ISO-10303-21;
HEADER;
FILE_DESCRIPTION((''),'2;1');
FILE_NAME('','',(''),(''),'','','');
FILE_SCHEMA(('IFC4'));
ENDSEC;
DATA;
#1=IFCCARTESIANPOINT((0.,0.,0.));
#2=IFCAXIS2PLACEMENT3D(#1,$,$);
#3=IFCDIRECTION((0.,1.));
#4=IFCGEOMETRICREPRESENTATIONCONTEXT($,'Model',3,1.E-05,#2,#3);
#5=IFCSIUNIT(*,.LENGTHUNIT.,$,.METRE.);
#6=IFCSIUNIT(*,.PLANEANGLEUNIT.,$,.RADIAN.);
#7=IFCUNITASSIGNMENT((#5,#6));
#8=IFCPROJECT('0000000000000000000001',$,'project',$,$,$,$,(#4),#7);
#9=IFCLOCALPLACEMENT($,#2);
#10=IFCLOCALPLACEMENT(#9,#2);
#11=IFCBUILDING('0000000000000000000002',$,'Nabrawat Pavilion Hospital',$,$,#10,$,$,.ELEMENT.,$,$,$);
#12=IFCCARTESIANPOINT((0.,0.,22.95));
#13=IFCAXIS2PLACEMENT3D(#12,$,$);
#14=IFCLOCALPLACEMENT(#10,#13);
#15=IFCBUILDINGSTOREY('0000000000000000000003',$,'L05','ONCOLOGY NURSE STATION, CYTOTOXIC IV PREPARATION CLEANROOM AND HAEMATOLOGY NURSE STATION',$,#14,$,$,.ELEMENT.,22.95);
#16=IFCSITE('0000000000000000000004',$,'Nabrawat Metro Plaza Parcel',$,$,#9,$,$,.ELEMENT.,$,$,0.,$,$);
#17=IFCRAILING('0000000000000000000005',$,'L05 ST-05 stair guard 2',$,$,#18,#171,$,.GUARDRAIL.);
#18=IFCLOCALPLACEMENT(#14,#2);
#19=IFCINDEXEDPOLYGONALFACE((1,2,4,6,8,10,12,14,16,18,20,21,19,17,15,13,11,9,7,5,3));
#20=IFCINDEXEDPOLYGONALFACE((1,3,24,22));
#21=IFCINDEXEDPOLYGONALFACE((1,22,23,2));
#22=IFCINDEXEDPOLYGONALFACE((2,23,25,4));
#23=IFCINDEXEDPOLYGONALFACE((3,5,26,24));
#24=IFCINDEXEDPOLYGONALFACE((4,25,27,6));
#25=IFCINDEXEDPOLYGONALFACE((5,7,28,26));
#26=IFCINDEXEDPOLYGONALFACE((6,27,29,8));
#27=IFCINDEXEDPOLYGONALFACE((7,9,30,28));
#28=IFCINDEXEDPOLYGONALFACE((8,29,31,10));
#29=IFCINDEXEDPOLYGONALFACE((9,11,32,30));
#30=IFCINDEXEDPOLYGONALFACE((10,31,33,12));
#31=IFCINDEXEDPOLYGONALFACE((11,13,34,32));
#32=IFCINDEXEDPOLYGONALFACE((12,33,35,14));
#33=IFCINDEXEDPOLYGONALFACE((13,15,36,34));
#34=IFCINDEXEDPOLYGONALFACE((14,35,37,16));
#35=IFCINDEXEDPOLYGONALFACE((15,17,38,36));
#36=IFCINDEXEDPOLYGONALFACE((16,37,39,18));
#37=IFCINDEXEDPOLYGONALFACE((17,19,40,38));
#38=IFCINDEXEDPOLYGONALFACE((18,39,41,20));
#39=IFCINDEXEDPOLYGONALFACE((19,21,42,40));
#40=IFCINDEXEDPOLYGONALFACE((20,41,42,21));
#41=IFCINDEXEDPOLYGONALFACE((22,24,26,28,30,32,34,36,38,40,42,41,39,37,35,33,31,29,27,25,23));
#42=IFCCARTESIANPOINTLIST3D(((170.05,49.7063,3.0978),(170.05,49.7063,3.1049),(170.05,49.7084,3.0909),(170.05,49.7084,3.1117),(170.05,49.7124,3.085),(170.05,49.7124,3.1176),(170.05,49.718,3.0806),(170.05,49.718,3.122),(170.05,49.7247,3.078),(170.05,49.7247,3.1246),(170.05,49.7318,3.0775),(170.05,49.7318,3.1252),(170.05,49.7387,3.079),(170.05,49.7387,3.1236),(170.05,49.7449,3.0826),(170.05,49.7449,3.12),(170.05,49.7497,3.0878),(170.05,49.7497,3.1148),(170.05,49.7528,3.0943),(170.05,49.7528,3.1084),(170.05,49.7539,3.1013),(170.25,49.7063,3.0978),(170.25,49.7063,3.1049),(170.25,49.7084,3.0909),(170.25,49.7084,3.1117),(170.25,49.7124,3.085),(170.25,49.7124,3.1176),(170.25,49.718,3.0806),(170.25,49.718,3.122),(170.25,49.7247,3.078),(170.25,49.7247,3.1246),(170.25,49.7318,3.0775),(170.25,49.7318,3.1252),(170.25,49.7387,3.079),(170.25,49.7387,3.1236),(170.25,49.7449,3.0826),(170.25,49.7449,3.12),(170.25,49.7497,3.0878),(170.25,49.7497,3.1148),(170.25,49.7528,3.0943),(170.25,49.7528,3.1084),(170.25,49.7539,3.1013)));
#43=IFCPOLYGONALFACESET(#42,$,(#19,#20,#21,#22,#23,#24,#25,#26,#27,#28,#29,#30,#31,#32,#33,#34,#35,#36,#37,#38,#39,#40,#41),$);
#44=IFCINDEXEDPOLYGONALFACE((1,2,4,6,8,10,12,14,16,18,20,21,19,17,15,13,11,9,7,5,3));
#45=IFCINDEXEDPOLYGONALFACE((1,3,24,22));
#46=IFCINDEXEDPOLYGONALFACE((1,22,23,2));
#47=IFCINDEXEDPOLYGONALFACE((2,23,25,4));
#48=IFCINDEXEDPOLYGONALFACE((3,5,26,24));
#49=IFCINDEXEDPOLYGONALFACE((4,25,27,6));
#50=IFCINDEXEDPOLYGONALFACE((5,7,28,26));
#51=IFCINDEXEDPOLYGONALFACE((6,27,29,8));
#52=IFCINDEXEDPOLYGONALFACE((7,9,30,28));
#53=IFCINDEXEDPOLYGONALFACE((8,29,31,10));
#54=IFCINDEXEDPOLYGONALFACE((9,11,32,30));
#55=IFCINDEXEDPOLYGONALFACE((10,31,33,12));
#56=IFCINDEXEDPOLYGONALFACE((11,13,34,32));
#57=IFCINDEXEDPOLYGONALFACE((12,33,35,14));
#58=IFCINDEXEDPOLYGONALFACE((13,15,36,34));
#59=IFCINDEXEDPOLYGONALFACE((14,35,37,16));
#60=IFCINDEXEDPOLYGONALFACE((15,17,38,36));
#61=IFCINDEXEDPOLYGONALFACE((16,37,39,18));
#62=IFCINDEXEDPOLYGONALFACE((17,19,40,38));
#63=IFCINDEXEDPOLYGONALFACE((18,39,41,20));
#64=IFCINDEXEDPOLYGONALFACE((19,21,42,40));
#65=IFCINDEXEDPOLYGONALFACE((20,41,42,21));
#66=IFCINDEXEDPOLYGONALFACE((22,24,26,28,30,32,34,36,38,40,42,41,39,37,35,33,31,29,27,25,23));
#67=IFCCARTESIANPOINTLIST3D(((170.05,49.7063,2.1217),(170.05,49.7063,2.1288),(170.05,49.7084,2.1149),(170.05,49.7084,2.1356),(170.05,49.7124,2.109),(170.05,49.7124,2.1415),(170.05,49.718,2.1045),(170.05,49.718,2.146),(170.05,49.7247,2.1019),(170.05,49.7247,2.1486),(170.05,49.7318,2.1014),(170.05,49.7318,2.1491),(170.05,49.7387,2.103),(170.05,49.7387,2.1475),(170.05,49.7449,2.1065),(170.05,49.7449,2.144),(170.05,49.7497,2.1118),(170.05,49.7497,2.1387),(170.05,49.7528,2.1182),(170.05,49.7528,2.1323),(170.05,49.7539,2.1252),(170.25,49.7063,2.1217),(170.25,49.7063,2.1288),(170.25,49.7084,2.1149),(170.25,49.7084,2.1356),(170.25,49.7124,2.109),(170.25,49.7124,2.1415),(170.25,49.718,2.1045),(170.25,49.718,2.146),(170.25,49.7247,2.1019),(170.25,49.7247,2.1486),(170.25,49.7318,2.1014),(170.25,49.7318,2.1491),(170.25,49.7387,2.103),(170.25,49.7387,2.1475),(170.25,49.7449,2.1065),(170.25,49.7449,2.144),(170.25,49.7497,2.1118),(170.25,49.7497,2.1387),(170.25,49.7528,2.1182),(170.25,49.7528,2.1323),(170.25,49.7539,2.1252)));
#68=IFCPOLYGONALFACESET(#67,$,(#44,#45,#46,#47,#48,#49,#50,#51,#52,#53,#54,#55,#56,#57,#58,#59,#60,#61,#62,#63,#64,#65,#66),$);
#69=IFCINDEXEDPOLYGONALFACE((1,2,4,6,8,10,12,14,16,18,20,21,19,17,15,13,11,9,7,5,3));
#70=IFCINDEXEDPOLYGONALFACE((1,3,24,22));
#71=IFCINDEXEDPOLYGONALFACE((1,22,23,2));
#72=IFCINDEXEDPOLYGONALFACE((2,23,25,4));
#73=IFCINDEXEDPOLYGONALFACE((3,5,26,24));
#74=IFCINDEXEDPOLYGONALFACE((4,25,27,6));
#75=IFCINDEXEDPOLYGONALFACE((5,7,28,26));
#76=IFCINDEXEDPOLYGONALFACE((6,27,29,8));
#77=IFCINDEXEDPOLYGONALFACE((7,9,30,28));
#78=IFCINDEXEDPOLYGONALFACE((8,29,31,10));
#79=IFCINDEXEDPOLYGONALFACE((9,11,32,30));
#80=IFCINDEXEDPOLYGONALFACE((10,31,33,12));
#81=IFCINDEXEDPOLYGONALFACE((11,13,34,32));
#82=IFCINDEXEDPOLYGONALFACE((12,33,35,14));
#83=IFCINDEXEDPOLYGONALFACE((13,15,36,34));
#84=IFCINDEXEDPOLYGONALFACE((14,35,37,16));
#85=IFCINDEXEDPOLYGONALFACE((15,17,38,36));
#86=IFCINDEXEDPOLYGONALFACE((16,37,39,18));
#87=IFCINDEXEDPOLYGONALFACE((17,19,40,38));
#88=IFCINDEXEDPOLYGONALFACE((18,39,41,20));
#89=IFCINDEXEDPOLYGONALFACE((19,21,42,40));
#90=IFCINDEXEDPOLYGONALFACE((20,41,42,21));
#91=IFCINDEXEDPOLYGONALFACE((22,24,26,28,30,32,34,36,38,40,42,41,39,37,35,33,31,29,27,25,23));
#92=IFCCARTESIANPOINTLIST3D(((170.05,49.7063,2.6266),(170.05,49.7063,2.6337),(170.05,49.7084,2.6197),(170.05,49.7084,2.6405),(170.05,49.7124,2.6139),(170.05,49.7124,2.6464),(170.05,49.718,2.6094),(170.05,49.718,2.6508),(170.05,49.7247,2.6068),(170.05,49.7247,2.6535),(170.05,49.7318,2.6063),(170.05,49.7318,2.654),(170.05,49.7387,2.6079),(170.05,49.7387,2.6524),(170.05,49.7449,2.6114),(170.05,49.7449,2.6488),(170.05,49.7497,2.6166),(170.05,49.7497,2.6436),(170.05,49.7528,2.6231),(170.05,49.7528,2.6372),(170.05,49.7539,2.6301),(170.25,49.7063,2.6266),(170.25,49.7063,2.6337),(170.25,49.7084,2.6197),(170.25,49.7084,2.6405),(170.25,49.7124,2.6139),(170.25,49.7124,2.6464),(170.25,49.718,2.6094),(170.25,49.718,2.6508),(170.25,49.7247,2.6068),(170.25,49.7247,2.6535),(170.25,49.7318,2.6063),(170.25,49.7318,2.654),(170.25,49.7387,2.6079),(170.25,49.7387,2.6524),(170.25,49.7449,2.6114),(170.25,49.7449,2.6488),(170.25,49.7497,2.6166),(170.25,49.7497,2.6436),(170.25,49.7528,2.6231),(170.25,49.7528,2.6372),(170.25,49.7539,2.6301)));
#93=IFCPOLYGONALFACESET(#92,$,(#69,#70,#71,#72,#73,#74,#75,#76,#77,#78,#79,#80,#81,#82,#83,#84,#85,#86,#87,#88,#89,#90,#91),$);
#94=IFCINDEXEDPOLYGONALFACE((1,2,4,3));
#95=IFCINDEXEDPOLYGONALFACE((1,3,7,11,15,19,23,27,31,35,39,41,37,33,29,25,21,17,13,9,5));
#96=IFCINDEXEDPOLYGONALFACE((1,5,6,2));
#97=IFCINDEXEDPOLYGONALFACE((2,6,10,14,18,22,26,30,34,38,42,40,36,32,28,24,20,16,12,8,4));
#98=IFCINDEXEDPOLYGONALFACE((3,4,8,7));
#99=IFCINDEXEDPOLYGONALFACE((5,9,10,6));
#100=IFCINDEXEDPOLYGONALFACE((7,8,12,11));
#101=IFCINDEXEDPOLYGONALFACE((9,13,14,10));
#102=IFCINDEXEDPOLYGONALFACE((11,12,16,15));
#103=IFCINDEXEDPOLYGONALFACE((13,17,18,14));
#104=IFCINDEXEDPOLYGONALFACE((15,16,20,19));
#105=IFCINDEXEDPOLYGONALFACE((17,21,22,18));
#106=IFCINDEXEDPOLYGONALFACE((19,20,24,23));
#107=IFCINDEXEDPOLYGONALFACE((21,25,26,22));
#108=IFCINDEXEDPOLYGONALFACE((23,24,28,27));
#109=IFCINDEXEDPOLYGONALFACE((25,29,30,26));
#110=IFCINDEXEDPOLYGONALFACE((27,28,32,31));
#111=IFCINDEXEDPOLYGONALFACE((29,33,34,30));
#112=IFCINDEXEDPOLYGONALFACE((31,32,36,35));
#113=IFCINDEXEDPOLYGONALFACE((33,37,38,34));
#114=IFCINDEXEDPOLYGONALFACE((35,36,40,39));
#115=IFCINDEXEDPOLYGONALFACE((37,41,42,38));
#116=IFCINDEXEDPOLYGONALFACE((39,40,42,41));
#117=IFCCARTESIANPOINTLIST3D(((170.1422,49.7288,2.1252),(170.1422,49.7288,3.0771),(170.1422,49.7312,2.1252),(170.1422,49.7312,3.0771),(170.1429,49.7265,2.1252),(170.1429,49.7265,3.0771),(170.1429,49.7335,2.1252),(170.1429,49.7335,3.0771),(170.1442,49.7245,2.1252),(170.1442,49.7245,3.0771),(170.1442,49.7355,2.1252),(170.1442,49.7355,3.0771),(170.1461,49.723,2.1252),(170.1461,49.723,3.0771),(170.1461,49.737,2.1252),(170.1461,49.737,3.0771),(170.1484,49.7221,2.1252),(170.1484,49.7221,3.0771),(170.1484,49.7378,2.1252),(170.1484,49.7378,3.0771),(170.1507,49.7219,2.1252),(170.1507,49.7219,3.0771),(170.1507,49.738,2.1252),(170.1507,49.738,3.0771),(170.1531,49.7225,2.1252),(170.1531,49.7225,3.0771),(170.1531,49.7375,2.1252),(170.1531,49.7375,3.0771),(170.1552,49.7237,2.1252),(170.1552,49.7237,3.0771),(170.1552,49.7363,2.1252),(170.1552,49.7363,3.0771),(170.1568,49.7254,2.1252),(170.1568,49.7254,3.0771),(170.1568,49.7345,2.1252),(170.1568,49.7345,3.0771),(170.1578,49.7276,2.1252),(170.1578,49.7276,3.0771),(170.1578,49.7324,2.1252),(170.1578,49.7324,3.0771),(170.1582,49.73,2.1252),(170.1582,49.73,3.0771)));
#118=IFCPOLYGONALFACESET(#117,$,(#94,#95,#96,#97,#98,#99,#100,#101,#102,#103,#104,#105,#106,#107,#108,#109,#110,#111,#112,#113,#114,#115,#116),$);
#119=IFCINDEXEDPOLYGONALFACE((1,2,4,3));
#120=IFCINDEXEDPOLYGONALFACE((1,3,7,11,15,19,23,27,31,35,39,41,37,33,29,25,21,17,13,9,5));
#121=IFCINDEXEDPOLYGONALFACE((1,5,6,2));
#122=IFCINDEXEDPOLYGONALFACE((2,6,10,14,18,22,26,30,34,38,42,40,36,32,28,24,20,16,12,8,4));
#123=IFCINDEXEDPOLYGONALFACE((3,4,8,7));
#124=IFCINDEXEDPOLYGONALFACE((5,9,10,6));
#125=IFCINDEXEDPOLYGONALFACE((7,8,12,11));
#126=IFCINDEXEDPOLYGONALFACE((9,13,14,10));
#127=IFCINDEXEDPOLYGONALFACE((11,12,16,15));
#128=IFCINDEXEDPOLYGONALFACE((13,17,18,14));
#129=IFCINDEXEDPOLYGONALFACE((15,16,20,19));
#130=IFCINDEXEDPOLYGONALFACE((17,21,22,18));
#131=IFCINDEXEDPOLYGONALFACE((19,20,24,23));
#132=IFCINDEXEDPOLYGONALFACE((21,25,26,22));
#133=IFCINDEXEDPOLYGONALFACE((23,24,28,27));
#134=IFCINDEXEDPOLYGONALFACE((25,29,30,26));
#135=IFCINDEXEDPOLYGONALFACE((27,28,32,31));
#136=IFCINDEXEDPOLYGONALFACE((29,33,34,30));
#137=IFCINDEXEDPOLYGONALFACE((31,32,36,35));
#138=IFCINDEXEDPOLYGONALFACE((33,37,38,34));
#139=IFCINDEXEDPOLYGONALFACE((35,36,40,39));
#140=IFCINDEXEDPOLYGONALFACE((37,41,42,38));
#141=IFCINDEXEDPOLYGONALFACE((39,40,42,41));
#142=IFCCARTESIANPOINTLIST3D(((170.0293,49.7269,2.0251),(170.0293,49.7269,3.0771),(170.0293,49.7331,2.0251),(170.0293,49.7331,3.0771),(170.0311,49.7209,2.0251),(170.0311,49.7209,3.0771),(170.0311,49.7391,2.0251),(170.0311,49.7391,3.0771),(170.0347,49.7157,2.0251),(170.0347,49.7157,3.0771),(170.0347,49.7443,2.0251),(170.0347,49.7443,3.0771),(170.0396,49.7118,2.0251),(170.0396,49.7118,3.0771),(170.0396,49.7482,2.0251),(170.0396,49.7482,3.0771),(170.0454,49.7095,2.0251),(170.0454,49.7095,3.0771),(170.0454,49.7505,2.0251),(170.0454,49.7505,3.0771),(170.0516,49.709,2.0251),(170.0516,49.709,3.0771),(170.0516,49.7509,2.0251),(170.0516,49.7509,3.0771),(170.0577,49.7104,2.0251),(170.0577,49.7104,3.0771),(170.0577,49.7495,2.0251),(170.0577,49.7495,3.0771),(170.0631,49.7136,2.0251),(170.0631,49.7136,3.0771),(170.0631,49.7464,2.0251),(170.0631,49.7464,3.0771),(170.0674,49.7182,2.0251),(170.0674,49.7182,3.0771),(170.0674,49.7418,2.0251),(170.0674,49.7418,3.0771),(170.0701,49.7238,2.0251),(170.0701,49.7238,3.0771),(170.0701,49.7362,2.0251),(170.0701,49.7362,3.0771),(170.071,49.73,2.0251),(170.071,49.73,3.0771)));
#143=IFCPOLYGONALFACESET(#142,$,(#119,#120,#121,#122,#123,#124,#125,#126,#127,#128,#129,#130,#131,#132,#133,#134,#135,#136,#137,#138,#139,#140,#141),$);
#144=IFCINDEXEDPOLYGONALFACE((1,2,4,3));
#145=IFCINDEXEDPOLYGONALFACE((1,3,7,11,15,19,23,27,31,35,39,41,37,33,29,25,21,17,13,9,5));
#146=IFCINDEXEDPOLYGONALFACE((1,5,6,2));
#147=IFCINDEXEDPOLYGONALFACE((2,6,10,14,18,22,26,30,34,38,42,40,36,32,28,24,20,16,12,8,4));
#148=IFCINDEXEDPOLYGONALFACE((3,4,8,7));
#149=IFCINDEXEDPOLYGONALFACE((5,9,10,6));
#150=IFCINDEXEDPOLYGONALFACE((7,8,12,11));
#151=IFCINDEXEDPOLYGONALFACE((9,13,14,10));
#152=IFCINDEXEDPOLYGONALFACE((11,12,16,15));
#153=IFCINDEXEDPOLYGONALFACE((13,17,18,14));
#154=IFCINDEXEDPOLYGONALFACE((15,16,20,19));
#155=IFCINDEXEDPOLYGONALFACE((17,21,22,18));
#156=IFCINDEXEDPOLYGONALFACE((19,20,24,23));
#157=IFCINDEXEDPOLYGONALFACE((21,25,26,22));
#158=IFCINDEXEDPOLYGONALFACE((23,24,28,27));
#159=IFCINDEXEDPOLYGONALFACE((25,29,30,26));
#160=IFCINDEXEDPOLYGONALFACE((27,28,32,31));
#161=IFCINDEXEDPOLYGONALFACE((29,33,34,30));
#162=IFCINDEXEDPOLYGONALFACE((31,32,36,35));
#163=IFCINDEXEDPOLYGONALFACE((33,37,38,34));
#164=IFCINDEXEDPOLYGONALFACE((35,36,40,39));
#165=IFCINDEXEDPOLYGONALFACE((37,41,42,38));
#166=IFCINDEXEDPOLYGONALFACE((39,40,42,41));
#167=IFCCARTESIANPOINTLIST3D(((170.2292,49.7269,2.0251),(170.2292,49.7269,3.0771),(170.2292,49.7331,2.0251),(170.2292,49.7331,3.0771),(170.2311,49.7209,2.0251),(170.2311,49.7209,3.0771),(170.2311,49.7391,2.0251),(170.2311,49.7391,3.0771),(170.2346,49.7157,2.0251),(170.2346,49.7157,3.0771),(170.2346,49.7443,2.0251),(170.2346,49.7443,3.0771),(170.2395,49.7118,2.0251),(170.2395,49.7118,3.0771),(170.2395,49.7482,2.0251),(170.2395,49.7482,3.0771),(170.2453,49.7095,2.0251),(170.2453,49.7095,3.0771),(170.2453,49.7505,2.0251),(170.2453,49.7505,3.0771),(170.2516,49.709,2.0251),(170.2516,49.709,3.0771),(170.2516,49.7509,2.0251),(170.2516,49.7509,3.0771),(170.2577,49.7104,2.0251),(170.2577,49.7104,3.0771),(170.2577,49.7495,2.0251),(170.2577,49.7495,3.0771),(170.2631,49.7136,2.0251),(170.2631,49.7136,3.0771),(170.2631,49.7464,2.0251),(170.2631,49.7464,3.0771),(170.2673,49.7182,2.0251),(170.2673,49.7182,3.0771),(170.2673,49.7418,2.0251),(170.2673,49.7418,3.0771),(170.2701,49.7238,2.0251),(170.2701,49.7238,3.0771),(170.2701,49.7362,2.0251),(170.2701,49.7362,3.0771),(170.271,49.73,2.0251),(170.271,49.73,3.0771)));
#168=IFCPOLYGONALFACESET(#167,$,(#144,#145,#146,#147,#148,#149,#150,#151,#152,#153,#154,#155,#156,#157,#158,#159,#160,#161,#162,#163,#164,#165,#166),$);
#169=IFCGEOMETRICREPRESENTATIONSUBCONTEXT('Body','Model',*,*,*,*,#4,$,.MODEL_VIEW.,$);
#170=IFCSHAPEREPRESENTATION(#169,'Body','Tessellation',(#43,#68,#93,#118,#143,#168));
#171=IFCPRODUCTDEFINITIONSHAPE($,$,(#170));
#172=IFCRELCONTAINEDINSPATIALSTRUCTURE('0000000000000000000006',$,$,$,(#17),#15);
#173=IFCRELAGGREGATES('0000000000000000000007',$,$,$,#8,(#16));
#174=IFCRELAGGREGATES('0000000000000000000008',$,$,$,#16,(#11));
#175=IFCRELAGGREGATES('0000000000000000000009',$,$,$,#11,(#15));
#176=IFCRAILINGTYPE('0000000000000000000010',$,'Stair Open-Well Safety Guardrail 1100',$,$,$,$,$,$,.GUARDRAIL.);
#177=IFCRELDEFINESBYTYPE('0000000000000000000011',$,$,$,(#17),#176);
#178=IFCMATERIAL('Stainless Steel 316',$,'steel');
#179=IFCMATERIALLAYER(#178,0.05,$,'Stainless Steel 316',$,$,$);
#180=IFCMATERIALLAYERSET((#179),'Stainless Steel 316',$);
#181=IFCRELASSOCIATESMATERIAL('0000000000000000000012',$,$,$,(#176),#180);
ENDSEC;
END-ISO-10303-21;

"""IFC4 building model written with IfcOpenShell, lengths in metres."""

from ifc_helpers import new_model, si_unit, direction, frame, origin, origin_2d, place, context, subcontext, project, spatial, circle, extrude, material, layer, layer_set, type_object, element, save


model = new_model("IFC4")

# Units and contexts
model_context = context("Model", 3, precision=1e-05, world=origin(), true_north=direction((0.0, 1.0)))
body_context = subcontext(model_context, "Body", "Model", "MODEL_VIEW")
ifc_project = project(units=[si_unit("LENGTHUNIT", "METRE"), si_unit("PLANEANGLEUNIT", "RADIAN")], contexts=[model_context])

# Site, building, storey
site_placement = place(None, origin())
site = spatial("IfcSite", under=ifc_project, at=site_placement, Name="Nabrawat Metro Plaza Parcel", CompositionType="ELEMENT", RefElevation=0.0)
building_placement = place(site_placement, origin())
building = spatial("IfcBuilding", under=site, at=building_placement, Name="Nabrawat Pavilion Hospital", CompositionType="ELEMENT")
storey_placement = place(building_placement, frame((0.0, 0.0, 22.95)))
storey = spatial("IfcBuildingStorey", under=building, at=storey_placement, Name="L05", Description="ONCOLOGY NURSE STATION, CYTOTOXIC IV PREPARATION CLEANROOM AND HAEMATOLOGY NURSE STATION", CompositionType="ELEMENT", Elevation=22.95)

# Railing
ifc_material_1 = material(Name="Stainless Steel 316", Category="steel")
ifc_layer_1 = layer(ifc_material_1, 0.05, Name="Stainless Steel 316")
ifc_layer_set_1 = layer_set([ifc_layer_1], Name="Stainless Steel 316")
railing_type_1 = type_object("IfcRailingType", Name="Stair Open-Well Safety Guardrail 1100", PredefinedType="GUARDRAIL", material=ifc_layer_set_1)
railing_1_placement = place(storey_placement, frame((170.05, 49.73, 2.0251)))
element("IfcRailing", 1, at=railing_1_placement, inside=storey, type_object=railing_type_1, Name="L05 ST-05 stair guard 2", PredefinedType="GUARDRAIL", context=body_context, shape_type="SweptSolid", body=[
    extrude(circle(Radius=0.0239, at=origin_2d()), frame((0.0, 0.0, 1.0762), z_axis=(1.0, 0.0, 0.0), x_axis=(0.0, 1.0, 0.0)), (0.0, 0.0, 1.0), 0.2),
    extrude(circle(Radius=0.0239, at=origin_2d()), frame((0.0, 0.0, 0.1001), z_axis=(1.0, 0.0, 0.0), x_axis=(0.0, 1.0, 0.0)), (0.0, 0.0, 1.0), 0.2),
    extrude(circle(Radius=0.0239, at=origin_2d()), frame((0.0, 0.0, 0.605), z_axis=(1.0, 0.0, 0.0), x_axis=(0.0, 1.0, 0.0)), (0.0, 0.0, 1.0), 0.2),
    extrude(circle(Radius=0.0081, at=origin_2d()), frame((0.1001, 0.0, 0.1001)), (0.0, 0.0, 1.0), 0.9519),
    extrude(circle(Radius=0.021, at=origin_2d()), origin(), (0.0, 0.0, 1.0), 1.052),
    extrude(circle(Radius=0.021, at=origin_2d()), frame((0.2, 0.0, 0.0)), (0.0, 0.0, 1.0), 1.052),
])

save(model, "model.ifc")
